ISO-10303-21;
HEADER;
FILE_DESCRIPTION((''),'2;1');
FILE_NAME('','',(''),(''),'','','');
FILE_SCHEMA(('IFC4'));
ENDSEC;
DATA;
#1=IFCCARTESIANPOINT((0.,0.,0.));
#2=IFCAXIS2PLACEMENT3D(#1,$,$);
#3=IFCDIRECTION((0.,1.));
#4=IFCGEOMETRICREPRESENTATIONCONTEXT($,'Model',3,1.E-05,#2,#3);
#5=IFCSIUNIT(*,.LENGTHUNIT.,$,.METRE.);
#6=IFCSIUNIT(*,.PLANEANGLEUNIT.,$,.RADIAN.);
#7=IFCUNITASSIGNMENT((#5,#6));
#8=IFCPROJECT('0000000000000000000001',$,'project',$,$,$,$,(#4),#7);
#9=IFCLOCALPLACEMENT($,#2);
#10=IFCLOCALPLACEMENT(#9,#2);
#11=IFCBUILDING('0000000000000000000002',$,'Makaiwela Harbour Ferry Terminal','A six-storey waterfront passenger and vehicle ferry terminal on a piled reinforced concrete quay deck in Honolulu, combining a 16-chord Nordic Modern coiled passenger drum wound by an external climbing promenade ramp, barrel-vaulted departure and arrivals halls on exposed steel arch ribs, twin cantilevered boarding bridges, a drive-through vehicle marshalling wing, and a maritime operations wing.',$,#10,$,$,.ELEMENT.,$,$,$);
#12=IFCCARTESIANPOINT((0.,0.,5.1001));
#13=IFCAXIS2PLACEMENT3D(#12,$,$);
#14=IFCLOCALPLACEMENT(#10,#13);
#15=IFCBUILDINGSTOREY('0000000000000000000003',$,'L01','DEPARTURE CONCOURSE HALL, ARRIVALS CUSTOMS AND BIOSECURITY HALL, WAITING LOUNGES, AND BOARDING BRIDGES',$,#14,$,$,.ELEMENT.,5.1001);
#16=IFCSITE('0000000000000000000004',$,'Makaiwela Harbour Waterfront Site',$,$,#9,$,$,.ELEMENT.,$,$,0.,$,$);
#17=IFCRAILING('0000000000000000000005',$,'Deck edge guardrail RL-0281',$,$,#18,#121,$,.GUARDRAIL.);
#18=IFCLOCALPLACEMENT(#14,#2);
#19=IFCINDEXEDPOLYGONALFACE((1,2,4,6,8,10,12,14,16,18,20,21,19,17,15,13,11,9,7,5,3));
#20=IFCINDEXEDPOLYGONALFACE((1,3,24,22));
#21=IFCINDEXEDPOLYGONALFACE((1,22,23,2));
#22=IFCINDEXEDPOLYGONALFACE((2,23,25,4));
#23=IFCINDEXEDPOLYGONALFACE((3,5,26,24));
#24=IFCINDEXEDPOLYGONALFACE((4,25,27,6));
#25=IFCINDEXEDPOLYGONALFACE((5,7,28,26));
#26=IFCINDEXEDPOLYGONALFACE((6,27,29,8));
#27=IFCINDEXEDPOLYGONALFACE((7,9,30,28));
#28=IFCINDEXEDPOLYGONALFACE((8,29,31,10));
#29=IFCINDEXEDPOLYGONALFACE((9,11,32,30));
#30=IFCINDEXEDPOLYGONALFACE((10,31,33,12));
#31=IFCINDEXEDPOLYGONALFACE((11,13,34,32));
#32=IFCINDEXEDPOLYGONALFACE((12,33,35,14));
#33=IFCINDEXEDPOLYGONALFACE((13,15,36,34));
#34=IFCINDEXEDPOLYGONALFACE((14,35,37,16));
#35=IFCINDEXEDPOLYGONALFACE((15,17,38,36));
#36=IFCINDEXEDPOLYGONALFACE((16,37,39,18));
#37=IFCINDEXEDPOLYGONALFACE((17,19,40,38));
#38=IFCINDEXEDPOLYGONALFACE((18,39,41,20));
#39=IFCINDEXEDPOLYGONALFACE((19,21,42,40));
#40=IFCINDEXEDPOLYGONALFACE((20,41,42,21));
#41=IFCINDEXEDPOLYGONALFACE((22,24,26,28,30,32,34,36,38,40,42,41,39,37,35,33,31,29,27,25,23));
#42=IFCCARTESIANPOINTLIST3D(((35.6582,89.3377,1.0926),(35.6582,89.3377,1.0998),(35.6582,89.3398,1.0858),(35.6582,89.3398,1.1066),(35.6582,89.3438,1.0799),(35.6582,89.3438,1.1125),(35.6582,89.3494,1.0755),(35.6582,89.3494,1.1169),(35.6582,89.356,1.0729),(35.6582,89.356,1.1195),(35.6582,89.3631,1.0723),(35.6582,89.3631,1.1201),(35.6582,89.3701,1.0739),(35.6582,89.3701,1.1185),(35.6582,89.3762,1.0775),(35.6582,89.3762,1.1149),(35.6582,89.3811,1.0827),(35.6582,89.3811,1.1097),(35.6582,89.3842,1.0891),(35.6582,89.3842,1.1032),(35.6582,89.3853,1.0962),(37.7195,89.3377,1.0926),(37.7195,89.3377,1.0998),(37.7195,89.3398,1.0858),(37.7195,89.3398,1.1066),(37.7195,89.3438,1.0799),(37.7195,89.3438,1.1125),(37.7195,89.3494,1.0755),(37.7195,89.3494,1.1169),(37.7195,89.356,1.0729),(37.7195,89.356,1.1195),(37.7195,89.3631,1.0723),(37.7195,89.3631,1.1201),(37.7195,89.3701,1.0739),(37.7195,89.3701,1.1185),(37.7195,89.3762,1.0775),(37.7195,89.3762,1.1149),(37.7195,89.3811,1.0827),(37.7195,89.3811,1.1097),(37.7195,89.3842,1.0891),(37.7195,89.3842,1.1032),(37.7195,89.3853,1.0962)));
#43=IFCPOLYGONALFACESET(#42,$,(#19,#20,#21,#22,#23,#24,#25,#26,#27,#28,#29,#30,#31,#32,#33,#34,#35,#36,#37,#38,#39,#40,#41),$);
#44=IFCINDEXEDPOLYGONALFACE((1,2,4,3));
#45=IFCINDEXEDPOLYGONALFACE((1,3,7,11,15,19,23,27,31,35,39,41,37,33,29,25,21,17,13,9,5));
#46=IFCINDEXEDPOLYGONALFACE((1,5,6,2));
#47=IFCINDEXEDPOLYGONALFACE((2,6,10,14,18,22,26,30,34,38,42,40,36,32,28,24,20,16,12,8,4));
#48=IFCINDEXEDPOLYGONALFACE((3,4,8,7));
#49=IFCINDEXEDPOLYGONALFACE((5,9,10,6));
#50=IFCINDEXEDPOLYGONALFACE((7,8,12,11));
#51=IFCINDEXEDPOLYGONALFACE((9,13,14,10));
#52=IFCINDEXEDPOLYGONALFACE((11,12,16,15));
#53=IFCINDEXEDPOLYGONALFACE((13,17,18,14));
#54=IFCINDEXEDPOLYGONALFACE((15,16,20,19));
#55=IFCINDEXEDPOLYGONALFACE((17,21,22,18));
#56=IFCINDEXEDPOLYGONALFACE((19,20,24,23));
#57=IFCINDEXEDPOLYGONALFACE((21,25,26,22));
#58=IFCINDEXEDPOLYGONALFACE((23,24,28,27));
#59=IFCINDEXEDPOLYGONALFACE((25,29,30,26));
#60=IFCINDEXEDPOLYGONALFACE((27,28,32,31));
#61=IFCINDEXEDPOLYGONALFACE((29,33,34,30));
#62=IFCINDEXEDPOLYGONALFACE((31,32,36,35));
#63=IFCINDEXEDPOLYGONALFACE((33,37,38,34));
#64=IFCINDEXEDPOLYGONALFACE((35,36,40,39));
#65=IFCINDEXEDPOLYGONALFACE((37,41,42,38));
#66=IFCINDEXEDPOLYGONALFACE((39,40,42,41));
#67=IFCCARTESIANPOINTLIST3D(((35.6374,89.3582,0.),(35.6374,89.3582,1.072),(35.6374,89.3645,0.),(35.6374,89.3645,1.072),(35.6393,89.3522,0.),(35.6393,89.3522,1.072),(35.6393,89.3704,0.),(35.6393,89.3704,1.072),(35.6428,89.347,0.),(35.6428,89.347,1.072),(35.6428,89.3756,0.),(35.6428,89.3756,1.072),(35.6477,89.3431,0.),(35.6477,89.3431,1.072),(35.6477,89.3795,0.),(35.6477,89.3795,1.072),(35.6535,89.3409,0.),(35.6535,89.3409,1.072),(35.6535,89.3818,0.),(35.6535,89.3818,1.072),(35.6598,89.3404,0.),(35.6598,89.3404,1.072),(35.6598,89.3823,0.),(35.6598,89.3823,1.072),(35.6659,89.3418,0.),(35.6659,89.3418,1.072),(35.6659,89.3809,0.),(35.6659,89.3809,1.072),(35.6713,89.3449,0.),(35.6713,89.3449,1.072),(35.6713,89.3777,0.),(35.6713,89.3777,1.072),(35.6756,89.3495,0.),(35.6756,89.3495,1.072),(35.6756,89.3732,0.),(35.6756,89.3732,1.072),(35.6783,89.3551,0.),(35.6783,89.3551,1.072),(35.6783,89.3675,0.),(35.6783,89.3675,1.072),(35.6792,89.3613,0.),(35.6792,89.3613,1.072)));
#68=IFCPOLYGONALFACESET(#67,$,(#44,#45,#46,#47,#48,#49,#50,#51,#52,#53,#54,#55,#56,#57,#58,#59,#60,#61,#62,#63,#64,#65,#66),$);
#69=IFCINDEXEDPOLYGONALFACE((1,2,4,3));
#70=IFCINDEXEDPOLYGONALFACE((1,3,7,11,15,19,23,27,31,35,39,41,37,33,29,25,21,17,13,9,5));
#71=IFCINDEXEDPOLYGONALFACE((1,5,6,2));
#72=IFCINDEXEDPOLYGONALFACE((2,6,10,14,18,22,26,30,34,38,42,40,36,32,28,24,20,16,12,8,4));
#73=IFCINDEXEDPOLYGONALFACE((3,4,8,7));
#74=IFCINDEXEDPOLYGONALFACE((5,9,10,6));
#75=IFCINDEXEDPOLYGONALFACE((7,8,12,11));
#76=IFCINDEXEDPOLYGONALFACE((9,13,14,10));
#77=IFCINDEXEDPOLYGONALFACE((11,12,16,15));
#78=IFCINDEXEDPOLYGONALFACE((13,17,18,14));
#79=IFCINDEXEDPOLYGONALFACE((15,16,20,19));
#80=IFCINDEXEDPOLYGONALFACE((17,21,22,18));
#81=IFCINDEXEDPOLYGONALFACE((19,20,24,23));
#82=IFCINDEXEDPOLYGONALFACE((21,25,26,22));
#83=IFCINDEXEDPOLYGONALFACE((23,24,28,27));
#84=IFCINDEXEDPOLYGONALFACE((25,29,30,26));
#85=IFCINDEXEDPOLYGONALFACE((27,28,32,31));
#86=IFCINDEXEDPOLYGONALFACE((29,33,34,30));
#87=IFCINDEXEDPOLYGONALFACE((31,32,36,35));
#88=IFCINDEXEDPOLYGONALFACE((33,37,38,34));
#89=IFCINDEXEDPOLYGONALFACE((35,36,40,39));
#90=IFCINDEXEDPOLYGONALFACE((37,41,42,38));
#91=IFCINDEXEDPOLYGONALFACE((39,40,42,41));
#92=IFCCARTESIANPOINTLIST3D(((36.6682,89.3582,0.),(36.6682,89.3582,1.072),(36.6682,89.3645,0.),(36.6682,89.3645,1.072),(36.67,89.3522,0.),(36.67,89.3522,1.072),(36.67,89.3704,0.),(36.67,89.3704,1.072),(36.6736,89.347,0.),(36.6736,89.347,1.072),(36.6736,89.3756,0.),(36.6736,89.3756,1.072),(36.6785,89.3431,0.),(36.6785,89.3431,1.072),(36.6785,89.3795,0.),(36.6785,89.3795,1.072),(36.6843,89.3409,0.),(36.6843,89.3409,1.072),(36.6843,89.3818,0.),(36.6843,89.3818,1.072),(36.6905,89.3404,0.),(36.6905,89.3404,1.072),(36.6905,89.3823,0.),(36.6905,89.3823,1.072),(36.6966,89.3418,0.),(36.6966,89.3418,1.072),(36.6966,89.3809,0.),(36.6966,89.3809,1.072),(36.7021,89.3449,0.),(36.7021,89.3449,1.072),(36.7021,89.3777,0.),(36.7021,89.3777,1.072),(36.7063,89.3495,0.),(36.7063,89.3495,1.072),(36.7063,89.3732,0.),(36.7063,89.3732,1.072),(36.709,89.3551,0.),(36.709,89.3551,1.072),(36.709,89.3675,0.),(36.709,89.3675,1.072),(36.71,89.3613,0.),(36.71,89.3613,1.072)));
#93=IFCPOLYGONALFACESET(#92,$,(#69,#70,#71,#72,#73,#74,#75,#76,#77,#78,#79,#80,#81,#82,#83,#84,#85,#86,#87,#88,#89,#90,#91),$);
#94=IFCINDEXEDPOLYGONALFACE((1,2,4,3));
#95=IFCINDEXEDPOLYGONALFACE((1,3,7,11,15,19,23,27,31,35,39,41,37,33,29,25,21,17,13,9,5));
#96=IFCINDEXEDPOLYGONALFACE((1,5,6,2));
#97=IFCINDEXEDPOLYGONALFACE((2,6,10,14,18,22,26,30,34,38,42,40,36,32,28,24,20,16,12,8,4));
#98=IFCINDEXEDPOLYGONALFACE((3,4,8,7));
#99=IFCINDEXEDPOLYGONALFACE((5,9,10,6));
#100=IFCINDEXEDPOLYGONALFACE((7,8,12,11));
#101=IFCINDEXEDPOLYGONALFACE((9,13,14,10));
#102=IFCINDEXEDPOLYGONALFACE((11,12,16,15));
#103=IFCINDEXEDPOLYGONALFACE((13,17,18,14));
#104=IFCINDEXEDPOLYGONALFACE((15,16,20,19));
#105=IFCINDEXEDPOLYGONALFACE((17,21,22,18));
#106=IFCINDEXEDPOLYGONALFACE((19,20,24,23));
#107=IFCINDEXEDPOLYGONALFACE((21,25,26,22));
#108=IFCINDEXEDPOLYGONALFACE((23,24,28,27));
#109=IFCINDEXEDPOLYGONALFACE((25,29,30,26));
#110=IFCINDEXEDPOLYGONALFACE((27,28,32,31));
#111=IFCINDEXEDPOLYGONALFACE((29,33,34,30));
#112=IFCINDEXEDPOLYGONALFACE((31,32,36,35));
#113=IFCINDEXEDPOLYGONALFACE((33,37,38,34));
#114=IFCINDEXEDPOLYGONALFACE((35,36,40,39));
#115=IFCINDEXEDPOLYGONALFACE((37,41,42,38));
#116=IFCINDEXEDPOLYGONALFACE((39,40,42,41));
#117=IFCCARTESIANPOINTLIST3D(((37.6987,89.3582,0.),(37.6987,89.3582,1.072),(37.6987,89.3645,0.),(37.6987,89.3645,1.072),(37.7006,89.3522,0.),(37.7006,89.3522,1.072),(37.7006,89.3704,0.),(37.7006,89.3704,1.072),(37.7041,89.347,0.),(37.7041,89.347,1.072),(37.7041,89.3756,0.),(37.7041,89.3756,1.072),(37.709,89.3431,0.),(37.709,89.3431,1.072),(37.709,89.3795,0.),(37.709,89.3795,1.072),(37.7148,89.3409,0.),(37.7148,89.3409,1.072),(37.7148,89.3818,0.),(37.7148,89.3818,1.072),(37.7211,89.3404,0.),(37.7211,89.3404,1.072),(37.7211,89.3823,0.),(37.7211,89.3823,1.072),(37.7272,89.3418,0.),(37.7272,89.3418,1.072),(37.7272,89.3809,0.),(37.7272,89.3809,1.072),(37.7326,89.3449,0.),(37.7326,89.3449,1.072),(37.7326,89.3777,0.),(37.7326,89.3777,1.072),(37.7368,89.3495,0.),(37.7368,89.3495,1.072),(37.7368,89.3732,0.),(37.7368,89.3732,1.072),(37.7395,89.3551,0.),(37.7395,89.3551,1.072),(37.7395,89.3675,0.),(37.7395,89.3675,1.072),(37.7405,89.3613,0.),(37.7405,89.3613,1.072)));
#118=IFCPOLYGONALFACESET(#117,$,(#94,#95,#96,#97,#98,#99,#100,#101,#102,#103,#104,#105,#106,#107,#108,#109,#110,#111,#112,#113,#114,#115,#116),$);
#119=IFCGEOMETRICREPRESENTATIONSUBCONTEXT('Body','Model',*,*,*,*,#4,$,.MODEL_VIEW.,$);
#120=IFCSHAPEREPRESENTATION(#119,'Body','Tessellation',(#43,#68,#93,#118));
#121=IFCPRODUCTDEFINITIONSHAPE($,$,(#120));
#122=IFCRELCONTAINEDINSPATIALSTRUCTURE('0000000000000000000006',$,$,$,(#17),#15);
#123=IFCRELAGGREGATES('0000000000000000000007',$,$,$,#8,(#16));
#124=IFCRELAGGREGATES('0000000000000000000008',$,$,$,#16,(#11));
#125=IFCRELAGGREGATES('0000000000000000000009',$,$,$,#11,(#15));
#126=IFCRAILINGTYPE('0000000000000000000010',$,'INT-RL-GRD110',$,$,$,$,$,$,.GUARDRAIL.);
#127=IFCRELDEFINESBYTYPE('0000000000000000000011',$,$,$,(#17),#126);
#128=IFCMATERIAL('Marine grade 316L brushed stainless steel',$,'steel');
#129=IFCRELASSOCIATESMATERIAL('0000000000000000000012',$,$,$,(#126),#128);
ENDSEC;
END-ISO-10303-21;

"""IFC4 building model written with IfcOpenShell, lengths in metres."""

from ifc_helpers import new_model, si_unit, direction, frame, origin, origin_2d, place, context, subcontext, project, spatial, circle, extrude, material, type_object, element, save


model = new_model("IFC4")

# Units and contexts
model_context = context("Model", 3, precision=1e-05, world=origin(), true_north=direction((0.0, 1.0)))
body_context = subcontext(model_context, "Body", "Model", "MODEL_VIEW")
ifc_project = project(units=[si_unit("LENGTHUNIT", "METRE"), si_unit("PLANEANGLEUNIT", "RADIAN")], contexts=[model_context])

# Site, building, storey
site_placement = place(None, origin())
site = spatial("IfcSite", under=ifc_project, at=site_placement, Name="Makaiwela Harbour Waterfront Site", CompositionType="ELEMENT", RefElevation=0.0)
building_placement = place(site_placement, origin())
building = spatial("IfcBuilding", under=site, at=building_placement, Name="Makaiwela Harbour Ferry Terminal", Description="A six-storey waterfront passenger and vehicle ferry terminal on a piled reinforced concrete quay deck in Honolulu, combining a 16-chord Nordic Modern coiled passenger drum wound by an external climbing promenade ramp, barrel-vaulted departure and arrivals halls on exposed steel arch ribs, twin cantilevered boarding bridges, a drive-through vehicle marshalling wing, and a maritime operations wing.", CompositionType="ELEMENT")
storey_placement = place(building_placement, frame((0.0, 0.0, 5.1001)))
storey = spatial("IfcBuildingStorey", under=building, at=storey_placement, Name="L01", Description="DEPARTURE CONCOURSE HALL, ARRIVALS CUSTOMS AND BIOSECURITY HALL, WAITING LOUNGES, AND BOARDING BRIDGES", CompositionType="ELEMENT", Elevation=5.1001)

# Railing
ifc_material_1 = material(Name="Marine grade 316L brushed stainless steel", Category="steel")
railing_type = type_object("IfcRailingType", Name="INT-RL-GRD110", PredefinedType="GUARDRAIL", material=ifc_material_1)
railing_1_placement = place(storey_placement, frame((35.6582, 89.3613, 0.0)))
element("IfcRailing", 1, at=railing_1_placement, inside=storey, type_object=railing_type, Name="Deck edge guardrail RL-0281", PredefinedType="GUARDRAIL", context=body_context, shape_type="SweptSolid", body=[
    extrude(circle(Radius=0.0239, at=origin_2d()), frame((0.0, 0.0, 1.0962), z_axis=(1.0, 0.0, 0.0), x_axis=(0.0, 1.0, 0.0)), (0.0, 0.0, 1.0), 2.0613),
    extrude(circle(Radius=0.021, at=origin_2d()), origin(), (0.0, 0.0, 1.0), 1.072),
    extrude(circle(Radius=0.021, at=origin_2d()), frame((1.0308, 0.0, 0.0)), (0.0, 0.0, 1.0), 1.072),
    extrude(circle(Radius=0.021, at=origin_2d()), frame((2.0613, 0.0, 0.0)), (0.0, 0.0, 1.0), 1.072),
])

save(model, "model.ifc")
